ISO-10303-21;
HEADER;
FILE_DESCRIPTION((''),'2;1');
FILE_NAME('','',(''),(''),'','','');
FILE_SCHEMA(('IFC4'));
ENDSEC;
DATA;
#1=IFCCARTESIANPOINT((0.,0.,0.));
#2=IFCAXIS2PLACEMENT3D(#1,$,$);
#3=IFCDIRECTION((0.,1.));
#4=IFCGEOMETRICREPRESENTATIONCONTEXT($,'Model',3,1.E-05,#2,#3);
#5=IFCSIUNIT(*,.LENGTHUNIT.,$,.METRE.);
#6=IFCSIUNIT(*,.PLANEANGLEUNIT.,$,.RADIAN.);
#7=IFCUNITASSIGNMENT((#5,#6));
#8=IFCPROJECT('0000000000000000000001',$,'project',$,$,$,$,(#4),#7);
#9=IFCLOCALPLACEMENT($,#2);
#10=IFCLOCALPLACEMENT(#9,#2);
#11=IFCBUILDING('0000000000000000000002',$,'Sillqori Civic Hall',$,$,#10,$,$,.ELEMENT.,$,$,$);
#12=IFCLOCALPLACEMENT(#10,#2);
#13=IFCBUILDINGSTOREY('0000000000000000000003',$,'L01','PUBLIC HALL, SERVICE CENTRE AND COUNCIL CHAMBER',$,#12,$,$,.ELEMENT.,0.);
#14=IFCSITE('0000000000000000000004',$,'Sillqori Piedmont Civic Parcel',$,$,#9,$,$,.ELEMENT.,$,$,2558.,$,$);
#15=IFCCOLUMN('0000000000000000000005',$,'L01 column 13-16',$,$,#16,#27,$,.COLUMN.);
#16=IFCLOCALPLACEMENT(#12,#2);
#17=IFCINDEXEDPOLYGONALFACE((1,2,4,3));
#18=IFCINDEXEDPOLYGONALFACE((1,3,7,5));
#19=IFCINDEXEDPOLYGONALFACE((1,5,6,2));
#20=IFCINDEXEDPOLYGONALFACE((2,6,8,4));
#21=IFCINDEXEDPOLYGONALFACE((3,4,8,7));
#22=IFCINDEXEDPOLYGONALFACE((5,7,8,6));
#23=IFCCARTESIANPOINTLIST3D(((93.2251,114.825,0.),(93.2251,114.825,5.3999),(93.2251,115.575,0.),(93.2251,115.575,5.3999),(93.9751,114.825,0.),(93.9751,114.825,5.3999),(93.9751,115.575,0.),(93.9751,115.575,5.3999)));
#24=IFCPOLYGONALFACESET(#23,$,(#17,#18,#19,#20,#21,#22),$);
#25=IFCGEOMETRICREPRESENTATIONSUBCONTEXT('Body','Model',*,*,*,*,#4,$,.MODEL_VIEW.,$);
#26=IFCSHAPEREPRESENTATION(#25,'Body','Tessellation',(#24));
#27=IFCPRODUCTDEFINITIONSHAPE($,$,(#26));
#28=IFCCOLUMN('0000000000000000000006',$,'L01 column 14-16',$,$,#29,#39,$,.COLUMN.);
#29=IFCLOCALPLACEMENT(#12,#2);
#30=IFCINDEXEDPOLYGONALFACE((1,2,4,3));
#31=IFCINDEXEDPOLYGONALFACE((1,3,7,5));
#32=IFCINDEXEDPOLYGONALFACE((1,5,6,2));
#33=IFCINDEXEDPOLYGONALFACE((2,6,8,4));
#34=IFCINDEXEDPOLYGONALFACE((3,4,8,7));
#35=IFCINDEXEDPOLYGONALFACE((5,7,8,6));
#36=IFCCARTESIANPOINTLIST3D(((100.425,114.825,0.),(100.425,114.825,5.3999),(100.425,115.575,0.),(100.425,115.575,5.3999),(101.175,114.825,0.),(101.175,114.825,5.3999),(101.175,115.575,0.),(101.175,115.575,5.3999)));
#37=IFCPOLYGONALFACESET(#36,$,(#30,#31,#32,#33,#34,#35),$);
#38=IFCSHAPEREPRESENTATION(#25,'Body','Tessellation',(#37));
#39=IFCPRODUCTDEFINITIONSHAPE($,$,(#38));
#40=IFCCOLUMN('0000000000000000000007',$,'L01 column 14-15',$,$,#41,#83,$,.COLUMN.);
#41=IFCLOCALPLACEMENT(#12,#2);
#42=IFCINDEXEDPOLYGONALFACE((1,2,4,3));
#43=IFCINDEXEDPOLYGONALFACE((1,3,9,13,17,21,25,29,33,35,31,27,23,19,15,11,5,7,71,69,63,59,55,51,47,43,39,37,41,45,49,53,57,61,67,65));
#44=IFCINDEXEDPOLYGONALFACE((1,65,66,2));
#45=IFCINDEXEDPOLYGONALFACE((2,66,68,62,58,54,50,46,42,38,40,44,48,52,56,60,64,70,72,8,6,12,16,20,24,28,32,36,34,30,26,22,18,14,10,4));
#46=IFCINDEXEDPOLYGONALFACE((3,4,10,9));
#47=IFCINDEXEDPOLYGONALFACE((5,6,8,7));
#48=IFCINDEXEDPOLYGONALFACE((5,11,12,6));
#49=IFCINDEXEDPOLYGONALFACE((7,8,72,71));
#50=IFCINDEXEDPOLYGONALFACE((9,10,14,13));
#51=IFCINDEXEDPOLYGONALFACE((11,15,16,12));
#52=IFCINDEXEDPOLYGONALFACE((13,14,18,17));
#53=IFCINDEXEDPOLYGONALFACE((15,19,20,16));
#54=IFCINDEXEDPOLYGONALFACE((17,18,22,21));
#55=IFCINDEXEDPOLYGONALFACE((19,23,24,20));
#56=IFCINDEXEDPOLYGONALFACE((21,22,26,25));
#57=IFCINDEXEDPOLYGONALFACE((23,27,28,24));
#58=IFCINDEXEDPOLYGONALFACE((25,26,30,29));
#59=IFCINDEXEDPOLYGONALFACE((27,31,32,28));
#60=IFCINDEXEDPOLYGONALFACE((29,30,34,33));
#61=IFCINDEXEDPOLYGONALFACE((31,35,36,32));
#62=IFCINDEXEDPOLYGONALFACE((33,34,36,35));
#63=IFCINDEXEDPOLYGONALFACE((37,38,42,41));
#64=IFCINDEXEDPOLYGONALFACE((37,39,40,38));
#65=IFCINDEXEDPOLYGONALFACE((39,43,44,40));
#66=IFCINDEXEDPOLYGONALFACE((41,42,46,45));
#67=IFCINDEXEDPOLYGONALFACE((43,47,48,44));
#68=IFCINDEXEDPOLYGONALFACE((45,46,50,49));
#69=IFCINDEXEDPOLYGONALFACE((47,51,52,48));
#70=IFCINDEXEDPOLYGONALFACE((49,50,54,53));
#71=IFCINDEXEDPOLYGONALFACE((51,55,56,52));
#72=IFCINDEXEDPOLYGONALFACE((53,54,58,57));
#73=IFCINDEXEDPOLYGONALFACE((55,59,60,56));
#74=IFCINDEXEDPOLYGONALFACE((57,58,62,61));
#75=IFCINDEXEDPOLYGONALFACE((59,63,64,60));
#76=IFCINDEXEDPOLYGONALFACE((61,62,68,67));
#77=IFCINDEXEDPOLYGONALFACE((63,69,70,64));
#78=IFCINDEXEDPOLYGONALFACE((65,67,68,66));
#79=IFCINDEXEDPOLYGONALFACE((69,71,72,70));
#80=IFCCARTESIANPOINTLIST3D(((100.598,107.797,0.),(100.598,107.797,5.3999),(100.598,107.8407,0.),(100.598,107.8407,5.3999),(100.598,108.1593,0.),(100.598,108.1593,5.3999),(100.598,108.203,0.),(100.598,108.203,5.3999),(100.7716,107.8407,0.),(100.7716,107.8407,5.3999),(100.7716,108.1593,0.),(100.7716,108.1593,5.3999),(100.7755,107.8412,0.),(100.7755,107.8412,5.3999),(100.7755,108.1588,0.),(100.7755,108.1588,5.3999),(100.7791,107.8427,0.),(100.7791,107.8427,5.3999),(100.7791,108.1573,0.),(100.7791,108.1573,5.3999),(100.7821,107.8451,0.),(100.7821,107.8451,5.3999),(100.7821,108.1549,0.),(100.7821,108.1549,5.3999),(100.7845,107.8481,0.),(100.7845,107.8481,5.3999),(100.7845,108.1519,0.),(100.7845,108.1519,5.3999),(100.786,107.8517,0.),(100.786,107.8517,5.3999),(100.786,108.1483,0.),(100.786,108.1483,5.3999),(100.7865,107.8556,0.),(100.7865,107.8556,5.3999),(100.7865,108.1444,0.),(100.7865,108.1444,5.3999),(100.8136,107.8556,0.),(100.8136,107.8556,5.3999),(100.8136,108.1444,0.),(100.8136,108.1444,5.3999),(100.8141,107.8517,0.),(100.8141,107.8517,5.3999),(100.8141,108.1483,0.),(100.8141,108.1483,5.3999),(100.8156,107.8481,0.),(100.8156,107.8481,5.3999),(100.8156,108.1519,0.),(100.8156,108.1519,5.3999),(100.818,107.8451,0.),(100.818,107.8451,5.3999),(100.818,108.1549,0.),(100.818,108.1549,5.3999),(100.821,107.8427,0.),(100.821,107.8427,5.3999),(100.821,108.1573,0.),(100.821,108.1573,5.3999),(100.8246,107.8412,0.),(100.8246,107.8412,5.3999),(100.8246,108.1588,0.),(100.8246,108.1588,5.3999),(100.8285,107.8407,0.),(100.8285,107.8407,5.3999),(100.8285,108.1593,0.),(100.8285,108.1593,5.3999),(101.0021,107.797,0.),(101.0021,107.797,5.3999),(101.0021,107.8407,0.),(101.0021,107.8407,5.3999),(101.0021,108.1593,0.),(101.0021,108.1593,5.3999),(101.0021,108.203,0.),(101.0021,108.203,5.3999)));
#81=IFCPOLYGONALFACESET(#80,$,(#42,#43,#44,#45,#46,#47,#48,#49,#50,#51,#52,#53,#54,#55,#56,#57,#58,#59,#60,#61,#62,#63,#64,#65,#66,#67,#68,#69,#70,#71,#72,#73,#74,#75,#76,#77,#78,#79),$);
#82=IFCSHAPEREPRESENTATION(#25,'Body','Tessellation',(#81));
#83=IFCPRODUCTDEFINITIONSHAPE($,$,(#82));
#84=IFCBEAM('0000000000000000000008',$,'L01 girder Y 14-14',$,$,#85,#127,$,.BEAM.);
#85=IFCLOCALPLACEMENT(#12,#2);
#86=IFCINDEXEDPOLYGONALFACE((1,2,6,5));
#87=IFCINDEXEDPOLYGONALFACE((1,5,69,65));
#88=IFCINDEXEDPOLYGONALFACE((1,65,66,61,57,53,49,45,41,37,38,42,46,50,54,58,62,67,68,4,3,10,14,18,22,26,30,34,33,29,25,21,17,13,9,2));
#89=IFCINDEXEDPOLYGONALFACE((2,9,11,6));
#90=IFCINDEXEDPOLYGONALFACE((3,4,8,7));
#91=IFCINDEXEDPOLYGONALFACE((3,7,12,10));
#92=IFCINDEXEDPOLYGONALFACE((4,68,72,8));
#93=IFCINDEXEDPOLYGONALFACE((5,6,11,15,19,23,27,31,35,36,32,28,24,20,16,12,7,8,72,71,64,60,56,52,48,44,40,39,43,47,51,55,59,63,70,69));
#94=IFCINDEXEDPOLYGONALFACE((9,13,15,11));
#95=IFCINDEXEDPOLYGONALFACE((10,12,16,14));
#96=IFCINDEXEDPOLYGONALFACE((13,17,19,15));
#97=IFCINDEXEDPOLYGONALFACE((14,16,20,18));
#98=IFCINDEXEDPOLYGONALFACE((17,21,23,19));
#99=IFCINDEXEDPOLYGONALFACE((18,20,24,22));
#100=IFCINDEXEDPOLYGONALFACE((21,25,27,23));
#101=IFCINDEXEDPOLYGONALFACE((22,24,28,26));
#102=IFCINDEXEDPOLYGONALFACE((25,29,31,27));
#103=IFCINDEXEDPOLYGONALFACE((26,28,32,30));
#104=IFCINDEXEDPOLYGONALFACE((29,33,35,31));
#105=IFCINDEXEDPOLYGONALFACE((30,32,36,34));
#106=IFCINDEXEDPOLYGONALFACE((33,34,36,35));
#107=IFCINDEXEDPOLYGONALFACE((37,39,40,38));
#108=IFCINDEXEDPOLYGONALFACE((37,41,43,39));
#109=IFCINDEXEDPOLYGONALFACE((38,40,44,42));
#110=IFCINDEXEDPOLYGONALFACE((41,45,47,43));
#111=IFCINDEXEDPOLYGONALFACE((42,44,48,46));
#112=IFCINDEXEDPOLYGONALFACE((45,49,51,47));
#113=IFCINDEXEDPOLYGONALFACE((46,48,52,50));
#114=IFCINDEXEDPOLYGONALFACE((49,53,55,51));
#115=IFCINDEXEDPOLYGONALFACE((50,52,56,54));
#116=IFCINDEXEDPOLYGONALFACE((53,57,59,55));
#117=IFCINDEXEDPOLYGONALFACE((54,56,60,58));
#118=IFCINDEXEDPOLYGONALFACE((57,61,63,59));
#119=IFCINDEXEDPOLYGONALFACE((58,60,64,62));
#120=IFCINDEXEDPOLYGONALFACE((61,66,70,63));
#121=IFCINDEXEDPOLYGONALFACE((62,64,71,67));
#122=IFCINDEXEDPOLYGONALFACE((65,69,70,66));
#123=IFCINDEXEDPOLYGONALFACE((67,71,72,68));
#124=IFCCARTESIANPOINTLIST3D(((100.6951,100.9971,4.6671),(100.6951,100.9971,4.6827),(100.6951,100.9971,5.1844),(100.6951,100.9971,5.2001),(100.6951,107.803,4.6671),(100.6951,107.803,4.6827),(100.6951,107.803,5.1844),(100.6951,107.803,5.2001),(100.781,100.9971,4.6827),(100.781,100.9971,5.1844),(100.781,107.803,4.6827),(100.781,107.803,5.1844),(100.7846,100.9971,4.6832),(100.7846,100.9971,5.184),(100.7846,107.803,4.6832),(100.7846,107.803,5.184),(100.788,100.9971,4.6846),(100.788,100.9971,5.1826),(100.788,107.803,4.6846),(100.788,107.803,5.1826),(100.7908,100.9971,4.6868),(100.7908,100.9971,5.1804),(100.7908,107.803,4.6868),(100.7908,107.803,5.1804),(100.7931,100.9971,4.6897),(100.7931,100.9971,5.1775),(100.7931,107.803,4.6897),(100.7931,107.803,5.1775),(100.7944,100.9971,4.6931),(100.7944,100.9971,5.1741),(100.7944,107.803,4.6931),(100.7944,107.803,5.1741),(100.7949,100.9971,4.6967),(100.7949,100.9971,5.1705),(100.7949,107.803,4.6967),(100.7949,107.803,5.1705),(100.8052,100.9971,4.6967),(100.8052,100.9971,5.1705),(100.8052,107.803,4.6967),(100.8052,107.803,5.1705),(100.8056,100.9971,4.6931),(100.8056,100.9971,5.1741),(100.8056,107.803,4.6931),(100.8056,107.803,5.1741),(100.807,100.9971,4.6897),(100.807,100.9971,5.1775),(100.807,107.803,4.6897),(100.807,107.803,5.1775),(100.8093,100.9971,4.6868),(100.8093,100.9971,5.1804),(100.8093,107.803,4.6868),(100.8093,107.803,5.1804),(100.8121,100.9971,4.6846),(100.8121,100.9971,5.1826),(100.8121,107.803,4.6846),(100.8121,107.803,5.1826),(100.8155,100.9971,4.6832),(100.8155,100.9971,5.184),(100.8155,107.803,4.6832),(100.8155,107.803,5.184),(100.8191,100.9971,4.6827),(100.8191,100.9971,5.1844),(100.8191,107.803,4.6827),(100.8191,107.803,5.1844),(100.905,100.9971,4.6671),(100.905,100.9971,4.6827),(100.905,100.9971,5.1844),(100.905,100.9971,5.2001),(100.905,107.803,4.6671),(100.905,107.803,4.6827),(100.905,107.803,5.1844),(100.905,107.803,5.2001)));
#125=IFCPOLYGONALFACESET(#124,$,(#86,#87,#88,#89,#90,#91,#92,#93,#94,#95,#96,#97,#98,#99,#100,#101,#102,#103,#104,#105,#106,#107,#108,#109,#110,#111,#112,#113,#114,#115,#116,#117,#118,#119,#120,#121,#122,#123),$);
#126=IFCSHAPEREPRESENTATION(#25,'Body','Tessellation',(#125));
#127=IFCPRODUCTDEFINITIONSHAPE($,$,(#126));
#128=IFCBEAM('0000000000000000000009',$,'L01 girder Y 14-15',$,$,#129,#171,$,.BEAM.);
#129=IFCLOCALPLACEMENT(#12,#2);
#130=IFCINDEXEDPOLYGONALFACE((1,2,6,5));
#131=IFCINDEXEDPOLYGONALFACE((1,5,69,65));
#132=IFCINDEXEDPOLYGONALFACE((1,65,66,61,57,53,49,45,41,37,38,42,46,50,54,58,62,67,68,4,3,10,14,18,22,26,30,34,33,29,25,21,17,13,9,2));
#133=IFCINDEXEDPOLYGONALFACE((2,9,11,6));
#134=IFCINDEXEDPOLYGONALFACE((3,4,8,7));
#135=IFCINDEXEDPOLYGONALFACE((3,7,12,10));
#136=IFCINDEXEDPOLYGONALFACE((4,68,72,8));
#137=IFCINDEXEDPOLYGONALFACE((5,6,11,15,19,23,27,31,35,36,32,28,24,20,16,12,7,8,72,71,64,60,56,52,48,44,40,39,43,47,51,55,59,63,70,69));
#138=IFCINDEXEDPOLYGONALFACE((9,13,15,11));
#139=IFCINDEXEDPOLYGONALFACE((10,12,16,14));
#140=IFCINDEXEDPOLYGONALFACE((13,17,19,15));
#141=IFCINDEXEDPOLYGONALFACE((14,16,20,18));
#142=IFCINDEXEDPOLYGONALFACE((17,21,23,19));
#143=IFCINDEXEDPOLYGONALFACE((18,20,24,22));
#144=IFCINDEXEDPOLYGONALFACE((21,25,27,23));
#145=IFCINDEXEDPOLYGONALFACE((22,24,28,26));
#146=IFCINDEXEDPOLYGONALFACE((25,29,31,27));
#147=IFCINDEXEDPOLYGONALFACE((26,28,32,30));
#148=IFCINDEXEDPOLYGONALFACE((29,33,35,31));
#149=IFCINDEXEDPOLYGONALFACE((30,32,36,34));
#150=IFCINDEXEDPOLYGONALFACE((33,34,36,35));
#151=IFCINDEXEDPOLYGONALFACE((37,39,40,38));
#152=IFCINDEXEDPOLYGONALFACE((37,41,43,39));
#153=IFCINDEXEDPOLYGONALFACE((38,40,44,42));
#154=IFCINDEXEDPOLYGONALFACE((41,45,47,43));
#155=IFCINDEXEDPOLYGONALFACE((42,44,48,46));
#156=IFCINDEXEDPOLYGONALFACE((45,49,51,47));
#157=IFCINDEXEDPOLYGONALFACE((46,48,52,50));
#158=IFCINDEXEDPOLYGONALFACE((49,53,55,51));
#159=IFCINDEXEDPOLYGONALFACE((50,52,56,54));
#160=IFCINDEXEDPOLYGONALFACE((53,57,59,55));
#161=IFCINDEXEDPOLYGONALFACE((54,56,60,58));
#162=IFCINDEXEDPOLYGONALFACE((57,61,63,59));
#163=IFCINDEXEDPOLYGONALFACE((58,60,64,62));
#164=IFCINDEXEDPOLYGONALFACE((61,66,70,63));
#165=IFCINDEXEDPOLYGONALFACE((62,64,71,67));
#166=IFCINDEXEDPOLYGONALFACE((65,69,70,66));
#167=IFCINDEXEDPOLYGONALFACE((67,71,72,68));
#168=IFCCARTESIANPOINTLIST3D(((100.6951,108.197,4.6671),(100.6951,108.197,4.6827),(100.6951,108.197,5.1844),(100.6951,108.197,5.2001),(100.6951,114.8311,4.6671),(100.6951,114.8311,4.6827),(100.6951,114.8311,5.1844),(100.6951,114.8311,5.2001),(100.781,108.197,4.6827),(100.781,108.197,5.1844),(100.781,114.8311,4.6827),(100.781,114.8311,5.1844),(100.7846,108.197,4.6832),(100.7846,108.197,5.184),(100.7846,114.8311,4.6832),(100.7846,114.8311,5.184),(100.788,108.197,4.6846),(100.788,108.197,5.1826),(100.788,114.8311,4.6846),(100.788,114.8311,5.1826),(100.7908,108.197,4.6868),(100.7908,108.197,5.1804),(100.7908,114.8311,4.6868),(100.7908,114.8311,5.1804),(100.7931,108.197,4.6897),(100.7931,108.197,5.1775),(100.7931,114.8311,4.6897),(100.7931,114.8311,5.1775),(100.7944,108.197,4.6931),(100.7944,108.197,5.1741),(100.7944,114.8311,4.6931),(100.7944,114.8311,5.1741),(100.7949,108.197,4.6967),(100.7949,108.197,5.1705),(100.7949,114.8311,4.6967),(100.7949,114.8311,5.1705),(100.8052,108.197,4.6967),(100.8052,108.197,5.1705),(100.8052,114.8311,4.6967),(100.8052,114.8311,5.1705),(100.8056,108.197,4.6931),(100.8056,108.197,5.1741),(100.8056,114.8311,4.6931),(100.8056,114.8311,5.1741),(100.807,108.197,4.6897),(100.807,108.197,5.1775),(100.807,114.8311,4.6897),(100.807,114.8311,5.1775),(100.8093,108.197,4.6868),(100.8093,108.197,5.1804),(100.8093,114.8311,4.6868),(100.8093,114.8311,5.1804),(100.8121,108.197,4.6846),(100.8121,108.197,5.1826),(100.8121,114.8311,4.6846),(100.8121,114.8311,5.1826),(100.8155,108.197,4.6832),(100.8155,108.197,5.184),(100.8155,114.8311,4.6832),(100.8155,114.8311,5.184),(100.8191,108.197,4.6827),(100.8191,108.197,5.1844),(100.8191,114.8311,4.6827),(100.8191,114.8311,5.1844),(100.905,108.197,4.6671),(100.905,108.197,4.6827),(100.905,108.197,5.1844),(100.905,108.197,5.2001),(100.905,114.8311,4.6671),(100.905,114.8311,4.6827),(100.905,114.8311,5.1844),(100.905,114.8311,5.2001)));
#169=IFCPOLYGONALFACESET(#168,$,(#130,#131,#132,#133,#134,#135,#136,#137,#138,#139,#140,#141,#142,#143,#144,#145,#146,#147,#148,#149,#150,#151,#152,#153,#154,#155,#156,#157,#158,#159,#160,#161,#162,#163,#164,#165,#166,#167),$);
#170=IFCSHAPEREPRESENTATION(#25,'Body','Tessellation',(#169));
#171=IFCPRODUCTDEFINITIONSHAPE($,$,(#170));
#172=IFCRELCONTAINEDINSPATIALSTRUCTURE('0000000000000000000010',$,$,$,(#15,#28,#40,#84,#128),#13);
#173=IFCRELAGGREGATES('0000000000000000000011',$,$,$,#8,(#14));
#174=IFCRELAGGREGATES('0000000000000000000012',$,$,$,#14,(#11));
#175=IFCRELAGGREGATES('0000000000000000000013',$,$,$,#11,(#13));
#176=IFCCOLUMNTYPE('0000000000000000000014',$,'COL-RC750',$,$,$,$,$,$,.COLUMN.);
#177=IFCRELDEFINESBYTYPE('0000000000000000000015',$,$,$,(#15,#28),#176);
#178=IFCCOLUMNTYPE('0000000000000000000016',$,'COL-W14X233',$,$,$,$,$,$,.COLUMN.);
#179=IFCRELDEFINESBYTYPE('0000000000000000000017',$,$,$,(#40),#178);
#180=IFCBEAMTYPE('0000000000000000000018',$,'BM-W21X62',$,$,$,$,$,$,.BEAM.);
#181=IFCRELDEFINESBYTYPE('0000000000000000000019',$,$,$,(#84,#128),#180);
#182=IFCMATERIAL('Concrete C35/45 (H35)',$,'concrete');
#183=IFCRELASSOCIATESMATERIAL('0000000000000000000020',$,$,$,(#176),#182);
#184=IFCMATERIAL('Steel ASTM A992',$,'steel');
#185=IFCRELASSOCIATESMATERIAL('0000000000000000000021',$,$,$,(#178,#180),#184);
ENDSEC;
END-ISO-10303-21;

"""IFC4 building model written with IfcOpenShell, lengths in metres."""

from ifc_helpers import new_model, si_unit, direction, frame, origin, origin_2d, place, context, subcontext, project, spatial, rectangle, i_section, extrude, material, material_profile, profile_set, type_object, element, save


model = new_model("IFC4")

# Units and contexts
model_context = context("Model", 3, precision=1e-05, world=origin(), true_north=direction((0.0, 1.0)))
body_context = subcontext(model_context, "Body", "Model", "MODEL_VIEW")
ifc_project = project(units=[si_unit("LENGTHUNIT", "METRE"), si_unit("PLANEANGLEUNIT", "RADIAN")], contexts=[model_context])

# Site, building, storey
site_placement = place(None, origin())
site = spatial("IfcSite", under=ifc_project, at=site_placement, Name="Sillqori Piedmont Civic Parcel", CompositionType="ELEMENT", RefElevation=2558.0)
building_placement = place(site_placement, origin())
building = spatial("IfcBuilding", under=site, at=building_placement, Name="Sillqori Civic Hall", CompositionType="ELEMENT")
storey_placement = place(building_placement, origin())
storey = spatial("IfcBuildingStorey", under=building, at=storey_placement, Name="L01", Description="PUBLIC HALL, SERVICE CENTRE AND COUNCIL CHAMBER", CompositionType="ELEMENT", Elevation=0.0)

# Columns
ifc_material_1 = material(Name="Concrete C35/45 (H35)", Category="concrete")
ifc_material_profile_1 = material_profile(ifc_material_1, rectangle(XDim=0.75, YDim=0.75, at=origin_2d()), Name="RC 750x750")
ifc_profile_set_1 = profile_set([ifc_material_profile_1], Name="Concrete C35/45 (H35)")
column_type_1 = type_object("IfcColumnType", Name="COL-RC750", PredefinedType="COLUMN", material=ifc_profile_set_1)
for number, where, z_axis, x_axis, name in (
    (1, (93.6001, 115.2, 0.0), (0.0, 0.0, 1.0), (1.0, 0.0, 0.0), "L01 column 13-16"),
    (2, (100.8, 115.2, 0.0), (0.0, 0.0, 1.0), (1.0, 0.0, 0.0), "L01 column 14-16"),
):
    element("IfcColumn", number, at=place(storey_placement, frame(where, z_axis=z_axis, x_axis=x_axis)), inside=storey, type_object=column_type_1, Name=name, PredefinedType="COLUMN", context=body_context, shape_type="SweptSolid", body=[
        extrude(rectangle(XDim=0.75, YDim=0.75, at=origin_2d()), origin(), (0.0, 0.0, 1.0), 5.3999),
    ])
ifc_material_2 = material(Name="Steel ASTM A992", Category="steel")
ifc_material_profile_2 = material_profile(ifc_material_2, i_section(OverallWidth=0.4041, OverallDepth=0.406, WebThickness=0.0271, FlangeThickness=0.0437, FilletRadius=0.0149, at=origin_2d()), Name="W14X233")
ifc_profile_set_2 = profile_set([ifc_material_profile_2], Name="Steel ASTM A992")
column_type_2 = type_object("IfcColumnType", Name="COL-W14X233", PredefinedType="COLUMN", material=ifc_profile_set_2)
column_placement = place(storey_placement, frame((100.8, 108.0, 0.0), z_axis=(0.0, 0.0, 1.0), x_axis=(1.0, 0.0, 0.0)))
element("IfcColumn", 3, at=column_placement, inside=storey, type_object=column_type_2, Name="L01 column 14-15", PredefinedType="COLUMN", context=body_context, shape_type="SweptSolid", body=[
    extrude(i_section(OverallWidth=0.4041, OverallDepth=0.406, WebThickness=0.0271, FlangeThickness=0.0437, FilletRadius=0.0149, at=origin_2d()), origin(), (0.0, 0.0, 1.0), 5.3999),
])

# Beams
ifc_material_profile_3 = material_profile(ifc_material_2, i_section(OverallWidth=0.21, OverallDepth=0.533, WebThickness=0.0103, FlangeThickness=0.0156, FilletRadius=0.0139, at=origin_2d()), Name="W21X62")
ifc_profile_set_3 = profile_set([ifc_material_profile_3], Name="Steel ASTM A992")
beam_type_1 = type_object("IfcBeamType", Name="BM-W21X62", PredefinedType="BEAM", material=ifc_profile_set_3)
beam_1_placement = place(storey_placement, frame((100.8, 100.9971, 4.9336), z_axis=(0.0, 1.0, 0.0), x_axis=(-1.0, 0.0, 0.0)))
element("IfcBeam", 4, at=beam_1_placement, inside=storey, type_object=beam_type_1, Name="L01 girder Y 14-14", PredefinedType="BEAM", context=body_context, shape_type="SweptSolid", body=[
    extrude(i_section(OverallWidth=0.21, OverallDepth=0.533, WebThickness=0.0103, FlangeThickness=0.0156, FilletRadius=0.0139, at=origin_2d()), origin(), (0.0, 0.0, 1.0), 6.8059),
])
beam_2_placement = place(storey_placement, frame((100.8, 108.197, 4.9336), z_axis=(0.0, 1.0, 0.0), x_axis=(-1.0, 0.0, 0.0)))
element("IfcBeam", 5, at=beam_2_placement, inside=storey, type_object=beam_type_1, Name="L01 girder Y 14-15", PredefinedType="BEAM", context=body_context, shape_type="SweptSolid", body=[
    extrude(i_section(OverallWidth=0.21, OverallDepth=0.533, WebThickness=0.0103, FlangeThickness=0.0156, FilletRadius=0.0139, at=origin_2d()), origin(), (0.0, 0.0, 1.0), 6.634),
])

save(model, "model.ifc")
